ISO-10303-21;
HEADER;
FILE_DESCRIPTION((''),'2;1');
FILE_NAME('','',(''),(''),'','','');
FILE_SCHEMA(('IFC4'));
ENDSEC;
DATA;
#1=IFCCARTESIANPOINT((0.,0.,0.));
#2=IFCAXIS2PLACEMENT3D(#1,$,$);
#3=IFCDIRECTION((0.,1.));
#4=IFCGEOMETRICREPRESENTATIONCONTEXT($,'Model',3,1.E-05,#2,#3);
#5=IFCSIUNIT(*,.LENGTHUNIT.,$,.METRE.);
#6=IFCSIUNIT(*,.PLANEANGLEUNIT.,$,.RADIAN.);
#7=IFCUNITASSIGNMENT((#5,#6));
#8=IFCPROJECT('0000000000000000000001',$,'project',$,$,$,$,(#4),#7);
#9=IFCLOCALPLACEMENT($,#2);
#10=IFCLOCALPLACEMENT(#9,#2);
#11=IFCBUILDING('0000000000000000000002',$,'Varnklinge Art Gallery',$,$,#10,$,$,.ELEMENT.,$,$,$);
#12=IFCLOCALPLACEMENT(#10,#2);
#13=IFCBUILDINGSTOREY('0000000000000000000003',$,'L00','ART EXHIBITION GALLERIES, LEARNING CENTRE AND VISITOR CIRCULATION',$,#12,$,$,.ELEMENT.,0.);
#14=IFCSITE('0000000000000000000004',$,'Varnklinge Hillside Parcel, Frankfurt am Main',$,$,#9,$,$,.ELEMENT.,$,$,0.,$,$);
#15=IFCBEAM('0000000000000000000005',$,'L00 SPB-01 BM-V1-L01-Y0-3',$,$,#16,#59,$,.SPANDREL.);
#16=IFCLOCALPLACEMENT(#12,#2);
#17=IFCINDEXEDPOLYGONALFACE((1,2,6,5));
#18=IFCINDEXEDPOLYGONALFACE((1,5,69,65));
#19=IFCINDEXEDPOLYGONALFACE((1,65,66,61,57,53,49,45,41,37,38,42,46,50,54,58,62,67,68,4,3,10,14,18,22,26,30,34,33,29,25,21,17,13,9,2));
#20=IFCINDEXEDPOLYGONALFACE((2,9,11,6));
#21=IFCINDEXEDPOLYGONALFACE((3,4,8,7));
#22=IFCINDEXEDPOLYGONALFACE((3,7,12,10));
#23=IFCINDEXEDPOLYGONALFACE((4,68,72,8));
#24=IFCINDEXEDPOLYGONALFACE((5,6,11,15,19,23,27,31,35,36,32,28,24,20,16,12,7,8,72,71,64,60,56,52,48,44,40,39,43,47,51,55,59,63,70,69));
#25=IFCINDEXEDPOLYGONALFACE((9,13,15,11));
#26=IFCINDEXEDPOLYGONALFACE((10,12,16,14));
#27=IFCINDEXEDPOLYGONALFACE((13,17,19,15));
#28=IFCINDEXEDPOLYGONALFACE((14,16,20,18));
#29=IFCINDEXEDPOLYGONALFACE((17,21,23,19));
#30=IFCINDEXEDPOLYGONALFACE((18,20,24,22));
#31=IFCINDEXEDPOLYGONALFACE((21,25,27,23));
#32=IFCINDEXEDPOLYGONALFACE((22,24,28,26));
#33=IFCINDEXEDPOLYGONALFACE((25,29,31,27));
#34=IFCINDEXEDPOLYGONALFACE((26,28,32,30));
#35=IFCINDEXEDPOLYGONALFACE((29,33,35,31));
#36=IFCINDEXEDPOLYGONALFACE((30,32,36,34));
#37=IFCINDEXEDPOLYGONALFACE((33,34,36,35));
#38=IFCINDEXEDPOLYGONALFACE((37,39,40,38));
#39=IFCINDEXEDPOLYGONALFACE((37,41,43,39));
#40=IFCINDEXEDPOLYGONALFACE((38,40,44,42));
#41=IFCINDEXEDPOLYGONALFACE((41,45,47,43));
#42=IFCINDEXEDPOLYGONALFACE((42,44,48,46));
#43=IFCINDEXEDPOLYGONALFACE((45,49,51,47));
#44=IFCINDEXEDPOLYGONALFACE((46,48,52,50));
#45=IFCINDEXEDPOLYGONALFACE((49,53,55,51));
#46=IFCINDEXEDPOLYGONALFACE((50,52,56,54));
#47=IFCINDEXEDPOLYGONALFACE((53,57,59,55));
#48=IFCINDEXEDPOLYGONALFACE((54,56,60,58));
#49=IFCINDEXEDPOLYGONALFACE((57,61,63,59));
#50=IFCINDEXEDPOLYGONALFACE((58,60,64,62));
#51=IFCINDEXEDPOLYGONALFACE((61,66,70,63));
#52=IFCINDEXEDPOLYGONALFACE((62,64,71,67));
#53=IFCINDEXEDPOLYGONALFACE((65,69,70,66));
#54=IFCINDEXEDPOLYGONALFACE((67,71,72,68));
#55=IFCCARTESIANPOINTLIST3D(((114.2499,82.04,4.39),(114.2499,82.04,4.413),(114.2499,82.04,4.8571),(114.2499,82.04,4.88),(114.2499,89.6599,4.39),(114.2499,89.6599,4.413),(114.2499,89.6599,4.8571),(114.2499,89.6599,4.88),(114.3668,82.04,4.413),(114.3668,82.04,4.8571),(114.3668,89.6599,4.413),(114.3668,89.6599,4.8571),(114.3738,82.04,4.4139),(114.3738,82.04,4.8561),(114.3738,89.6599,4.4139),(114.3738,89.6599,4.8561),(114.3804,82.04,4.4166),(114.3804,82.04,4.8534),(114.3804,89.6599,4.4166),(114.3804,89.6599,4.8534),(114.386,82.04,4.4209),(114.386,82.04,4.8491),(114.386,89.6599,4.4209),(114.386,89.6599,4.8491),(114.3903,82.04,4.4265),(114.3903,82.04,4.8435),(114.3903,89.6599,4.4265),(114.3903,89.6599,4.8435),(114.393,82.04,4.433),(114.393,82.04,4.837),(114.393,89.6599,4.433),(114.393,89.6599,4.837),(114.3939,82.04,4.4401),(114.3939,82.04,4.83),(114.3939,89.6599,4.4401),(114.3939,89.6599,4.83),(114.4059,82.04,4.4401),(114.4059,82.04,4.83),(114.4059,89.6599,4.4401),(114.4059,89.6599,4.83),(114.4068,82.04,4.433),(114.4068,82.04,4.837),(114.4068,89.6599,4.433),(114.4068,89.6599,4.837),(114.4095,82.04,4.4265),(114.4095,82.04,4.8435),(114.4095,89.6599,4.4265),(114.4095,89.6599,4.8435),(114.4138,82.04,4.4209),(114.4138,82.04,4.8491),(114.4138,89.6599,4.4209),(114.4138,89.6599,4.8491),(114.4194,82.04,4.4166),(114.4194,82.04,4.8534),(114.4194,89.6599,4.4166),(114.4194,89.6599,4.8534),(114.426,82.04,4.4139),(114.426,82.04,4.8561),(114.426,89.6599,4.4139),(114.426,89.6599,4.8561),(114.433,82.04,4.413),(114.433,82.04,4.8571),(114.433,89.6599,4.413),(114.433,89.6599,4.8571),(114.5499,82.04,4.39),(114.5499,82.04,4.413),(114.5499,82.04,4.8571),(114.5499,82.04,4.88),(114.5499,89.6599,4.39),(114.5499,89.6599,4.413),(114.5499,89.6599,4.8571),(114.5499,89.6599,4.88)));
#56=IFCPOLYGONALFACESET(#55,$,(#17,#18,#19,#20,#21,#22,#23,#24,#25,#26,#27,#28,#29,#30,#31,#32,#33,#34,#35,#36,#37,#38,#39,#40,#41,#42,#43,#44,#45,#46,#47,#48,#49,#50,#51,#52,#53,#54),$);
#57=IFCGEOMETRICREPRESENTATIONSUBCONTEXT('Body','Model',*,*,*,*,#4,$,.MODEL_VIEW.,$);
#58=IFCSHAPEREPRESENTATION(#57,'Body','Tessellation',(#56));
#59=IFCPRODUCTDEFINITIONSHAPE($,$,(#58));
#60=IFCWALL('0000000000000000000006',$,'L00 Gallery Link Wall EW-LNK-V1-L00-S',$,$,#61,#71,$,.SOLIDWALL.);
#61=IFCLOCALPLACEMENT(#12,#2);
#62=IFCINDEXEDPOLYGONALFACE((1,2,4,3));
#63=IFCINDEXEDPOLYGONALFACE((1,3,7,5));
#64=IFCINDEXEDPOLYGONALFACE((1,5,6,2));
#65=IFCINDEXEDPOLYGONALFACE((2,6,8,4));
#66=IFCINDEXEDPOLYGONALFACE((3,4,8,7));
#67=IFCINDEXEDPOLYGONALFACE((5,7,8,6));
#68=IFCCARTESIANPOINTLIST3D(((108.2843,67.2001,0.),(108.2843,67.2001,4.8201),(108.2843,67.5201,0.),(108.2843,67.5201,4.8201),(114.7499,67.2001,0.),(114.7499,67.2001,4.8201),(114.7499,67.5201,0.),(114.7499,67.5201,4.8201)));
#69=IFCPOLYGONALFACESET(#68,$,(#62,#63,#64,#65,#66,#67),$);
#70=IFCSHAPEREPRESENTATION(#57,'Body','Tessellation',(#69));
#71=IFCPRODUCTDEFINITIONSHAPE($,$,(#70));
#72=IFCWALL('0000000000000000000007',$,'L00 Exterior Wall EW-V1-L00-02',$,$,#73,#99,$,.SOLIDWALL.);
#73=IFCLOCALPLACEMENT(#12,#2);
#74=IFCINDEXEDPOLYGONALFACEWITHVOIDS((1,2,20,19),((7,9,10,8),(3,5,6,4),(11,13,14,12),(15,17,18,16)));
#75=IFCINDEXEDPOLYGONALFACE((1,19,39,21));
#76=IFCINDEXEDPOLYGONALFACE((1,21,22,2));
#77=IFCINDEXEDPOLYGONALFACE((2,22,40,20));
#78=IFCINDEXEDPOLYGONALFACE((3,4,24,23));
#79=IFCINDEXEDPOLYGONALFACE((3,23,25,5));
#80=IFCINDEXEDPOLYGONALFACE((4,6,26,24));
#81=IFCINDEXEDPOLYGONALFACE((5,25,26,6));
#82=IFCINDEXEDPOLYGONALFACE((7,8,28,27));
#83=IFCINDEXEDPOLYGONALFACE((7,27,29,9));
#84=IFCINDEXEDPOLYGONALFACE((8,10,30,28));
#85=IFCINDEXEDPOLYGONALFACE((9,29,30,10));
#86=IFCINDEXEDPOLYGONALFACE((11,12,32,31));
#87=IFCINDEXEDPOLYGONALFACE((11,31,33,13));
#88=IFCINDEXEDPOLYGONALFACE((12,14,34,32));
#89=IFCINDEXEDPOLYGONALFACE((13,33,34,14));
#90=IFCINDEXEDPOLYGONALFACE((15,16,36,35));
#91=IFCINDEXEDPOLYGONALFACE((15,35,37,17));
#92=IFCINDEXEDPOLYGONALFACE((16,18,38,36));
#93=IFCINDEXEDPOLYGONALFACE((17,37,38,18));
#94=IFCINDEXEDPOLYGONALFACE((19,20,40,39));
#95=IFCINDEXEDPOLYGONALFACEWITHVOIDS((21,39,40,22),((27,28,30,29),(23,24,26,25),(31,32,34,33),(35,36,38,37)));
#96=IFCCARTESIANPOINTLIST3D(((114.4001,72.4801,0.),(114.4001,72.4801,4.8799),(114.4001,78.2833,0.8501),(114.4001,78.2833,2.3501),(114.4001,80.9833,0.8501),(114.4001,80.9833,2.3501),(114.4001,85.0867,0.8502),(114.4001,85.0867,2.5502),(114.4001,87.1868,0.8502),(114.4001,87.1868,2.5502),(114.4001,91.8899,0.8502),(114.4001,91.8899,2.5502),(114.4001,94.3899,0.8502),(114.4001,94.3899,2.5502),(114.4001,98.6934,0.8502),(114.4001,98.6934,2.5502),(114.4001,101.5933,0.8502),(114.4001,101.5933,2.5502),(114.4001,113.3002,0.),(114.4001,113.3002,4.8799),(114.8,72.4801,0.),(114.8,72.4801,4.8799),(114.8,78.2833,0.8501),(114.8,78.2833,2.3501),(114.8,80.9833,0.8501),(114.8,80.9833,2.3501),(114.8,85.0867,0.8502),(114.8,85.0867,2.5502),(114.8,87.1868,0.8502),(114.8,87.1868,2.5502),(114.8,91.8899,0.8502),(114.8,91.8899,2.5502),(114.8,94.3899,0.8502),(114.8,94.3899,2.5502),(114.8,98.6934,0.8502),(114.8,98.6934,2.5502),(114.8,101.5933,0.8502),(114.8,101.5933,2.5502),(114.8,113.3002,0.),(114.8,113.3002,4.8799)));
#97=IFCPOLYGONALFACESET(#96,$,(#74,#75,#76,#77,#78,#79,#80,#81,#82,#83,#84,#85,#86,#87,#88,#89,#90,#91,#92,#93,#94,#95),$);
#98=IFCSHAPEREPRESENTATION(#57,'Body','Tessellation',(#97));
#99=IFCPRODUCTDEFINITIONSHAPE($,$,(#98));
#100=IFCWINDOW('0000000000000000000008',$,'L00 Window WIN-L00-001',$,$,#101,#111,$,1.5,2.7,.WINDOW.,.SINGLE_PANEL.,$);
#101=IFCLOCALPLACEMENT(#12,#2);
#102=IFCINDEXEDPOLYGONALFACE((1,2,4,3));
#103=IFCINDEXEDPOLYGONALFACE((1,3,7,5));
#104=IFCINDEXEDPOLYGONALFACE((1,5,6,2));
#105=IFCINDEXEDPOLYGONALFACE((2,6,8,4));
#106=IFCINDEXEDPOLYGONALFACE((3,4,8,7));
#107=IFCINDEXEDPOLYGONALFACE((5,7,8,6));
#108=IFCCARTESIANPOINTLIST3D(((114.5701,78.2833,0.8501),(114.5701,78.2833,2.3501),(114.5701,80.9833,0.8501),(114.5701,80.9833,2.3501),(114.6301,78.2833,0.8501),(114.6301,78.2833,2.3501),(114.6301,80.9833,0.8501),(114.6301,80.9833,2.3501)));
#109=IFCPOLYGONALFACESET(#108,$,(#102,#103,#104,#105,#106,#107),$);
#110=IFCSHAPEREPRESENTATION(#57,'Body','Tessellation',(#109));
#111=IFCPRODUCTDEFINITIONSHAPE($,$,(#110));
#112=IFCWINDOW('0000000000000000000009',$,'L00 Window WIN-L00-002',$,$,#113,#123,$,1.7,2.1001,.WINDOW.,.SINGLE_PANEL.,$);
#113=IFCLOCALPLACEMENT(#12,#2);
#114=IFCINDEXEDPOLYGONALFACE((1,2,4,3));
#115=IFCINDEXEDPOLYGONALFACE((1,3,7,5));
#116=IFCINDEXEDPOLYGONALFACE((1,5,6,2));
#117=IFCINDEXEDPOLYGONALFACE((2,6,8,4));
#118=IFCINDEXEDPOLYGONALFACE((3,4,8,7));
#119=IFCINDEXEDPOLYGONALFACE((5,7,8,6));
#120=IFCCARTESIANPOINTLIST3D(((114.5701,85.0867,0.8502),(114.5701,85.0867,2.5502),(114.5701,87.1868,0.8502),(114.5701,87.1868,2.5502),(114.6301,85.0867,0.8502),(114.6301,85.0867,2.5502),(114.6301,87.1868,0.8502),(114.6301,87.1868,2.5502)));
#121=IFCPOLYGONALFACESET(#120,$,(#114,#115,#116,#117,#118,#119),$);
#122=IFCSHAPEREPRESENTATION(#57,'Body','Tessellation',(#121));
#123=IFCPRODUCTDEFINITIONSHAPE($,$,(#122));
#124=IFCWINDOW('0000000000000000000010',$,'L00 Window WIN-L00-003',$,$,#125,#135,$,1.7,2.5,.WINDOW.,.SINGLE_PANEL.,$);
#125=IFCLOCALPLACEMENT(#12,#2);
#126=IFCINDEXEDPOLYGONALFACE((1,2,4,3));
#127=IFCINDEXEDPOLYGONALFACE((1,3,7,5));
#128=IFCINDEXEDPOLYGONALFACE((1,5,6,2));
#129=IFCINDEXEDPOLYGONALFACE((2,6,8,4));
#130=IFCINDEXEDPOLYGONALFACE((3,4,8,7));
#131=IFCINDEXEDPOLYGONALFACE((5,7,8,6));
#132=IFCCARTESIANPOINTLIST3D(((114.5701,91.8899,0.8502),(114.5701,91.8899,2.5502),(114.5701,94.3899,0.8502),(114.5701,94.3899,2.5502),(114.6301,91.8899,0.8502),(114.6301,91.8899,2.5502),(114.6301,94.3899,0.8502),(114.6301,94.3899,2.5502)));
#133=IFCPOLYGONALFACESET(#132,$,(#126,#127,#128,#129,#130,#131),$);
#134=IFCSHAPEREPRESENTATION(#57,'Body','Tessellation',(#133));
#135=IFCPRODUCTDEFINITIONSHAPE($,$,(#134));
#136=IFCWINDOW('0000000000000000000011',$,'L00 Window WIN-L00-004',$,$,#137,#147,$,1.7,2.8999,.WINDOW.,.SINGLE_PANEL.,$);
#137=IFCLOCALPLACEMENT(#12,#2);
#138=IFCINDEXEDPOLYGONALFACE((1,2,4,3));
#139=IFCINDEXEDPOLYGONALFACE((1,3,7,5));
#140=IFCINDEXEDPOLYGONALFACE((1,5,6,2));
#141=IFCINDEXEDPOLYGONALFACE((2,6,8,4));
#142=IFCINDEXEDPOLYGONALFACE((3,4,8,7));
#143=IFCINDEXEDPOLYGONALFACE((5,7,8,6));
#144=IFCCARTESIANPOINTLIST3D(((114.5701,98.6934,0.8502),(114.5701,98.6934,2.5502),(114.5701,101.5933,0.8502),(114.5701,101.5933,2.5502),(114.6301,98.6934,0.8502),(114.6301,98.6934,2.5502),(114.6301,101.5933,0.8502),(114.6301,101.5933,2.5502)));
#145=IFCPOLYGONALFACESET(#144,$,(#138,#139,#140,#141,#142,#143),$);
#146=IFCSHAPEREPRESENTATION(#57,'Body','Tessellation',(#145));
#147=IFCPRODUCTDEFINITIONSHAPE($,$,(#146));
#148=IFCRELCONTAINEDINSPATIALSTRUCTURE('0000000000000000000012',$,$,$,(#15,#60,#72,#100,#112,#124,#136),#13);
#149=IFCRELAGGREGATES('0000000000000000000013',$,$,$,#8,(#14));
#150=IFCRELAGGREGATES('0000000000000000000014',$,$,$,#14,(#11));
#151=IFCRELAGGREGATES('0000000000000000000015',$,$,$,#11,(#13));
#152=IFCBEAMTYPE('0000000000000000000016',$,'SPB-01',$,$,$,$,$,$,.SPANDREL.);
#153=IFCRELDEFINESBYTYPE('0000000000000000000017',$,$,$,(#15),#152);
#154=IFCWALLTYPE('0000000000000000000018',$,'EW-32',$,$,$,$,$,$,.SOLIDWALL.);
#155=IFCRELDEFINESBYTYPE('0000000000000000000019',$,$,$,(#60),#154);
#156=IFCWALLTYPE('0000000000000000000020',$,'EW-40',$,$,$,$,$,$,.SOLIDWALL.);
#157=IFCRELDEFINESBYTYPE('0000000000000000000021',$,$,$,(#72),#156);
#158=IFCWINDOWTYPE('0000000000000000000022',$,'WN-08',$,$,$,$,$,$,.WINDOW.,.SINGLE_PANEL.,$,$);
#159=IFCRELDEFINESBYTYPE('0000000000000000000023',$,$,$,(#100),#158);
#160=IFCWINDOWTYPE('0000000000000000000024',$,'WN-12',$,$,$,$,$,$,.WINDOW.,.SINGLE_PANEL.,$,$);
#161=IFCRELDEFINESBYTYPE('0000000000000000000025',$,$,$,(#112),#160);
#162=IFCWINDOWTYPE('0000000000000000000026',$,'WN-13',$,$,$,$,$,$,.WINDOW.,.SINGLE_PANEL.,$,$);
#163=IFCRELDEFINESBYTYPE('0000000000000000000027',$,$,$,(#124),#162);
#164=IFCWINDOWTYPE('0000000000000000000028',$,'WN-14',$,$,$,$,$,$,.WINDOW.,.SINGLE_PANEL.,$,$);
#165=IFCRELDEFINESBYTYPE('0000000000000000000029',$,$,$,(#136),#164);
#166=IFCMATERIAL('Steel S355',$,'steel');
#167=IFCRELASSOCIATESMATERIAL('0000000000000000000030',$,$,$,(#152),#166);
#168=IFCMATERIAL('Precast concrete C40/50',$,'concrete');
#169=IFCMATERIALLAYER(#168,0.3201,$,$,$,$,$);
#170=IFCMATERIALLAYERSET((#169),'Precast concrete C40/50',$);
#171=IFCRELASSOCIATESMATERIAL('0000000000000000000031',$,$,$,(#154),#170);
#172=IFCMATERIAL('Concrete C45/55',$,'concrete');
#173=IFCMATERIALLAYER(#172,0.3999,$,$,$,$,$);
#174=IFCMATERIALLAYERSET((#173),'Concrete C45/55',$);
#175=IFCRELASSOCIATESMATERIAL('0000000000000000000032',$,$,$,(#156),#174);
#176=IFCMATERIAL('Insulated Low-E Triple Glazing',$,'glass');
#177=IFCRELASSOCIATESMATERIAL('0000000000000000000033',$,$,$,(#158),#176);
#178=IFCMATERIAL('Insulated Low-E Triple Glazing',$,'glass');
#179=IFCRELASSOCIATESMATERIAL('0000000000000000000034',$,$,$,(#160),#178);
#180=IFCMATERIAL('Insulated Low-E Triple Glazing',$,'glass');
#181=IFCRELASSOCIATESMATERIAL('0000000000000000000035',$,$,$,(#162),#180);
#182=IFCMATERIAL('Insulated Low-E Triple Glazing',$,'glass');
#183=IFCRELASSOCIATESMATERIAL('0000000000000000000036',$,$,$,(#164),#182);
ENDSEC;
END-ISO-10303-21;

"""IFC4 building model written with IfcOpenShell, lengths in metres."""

from ifc_helpers import new_model, si_unit, direction, frame, frame_2d, origin, origin_2d, place, context, subcontext, project, spatial, rectangle, i_section, extrude, material, layer, layer_set, material_profile, profile_set, type_object, element, fill, save


model = new_model("IFC4")

# Units and contexts
model_context = context("Model", 3, precision=1e-05, world=origin(), true_north=direction((0.0, 1.0)))
body_context = subcontext(model_context, "Body", "Model", "MODEL_VIEW")
ifc_project = project(units=[si_unit("LENGTHUNIT", "METRE"), si_unit("PLANEANGLEUNIT", "RADIAN")], contexts=[model_context])

# Site, building, storey
site_placement = place(None, origin())
site = spatial("IfcSite", under=ifc_project, at=site_placement, Name="Varnklinge Hillside Parcel, Frankfurt am Main", CompositionType="ELEMENT", RefElevation=0.0)
building_placement = place(site_placement, origin())
building = spatial("IfcBuilding", under=site, at=building_placement, Name="Varnklinge Art Gallery", CompositionType="ELEMENT")
storey_placement = place(building_placement, origin())
storey = spatial("IfcBuildingStorey", under=building, at=storey_placement, Name="L00", Description="ART EXHIBITION GALLERIES, LEARNING CENTRE AND VISITOR CIRCULATION", CompositionType="ELEMENT", Elevation=0.0)

# Beam
ifc_material_1 = material(Name="Steel S355", Category="steel")
ifc_material_profile_1 = material_profile(ifc_material_1, i_section(OverallWidth=0.3, OverallDepth=0.49, WebThickness=0.012, FlangeThickness=0.0229, FilletRadius=0.0271, at=origin_2d()), Name="HEA 500")
ifc_profile_set_1 = profile_set([ifc_material_profile_1], Name="Steel S355")
beam_type_1 = type_object("IfcBeamType", Name="SPB-01", PredefinedType="SPANDREL", material=ifc_profile_set_1)
beam_1_placement = place(storey_placement, frame((114.3999, 82.04, 4.635), z_axis=(0.0, 1.0, 0.0), x_axis=(-1.0, 0.0, 0.0)))
element("IfcBeam", 1, at=beam_1_placement, inside=storey, type_object=beam_type_1, Name="L00 SPB-01 BM-V1-L01-Y0-3", PredefinedType="SPANDREL", context=body_context, shape_type="SweptSolid", body=[
    extrude(i_section(OverallWidth=0.3, OverallDepth=0.49, WebThickness=0.012, FlangeThickness=0.0229, FilletRadius=0.0271, at=origin_2d()), origin(), (0.0, 0.0, 1.0), 7.6199),
])

# Wall
ifc_material_2 = material(Name="Precast concrete C40/50", Category="concrete")
ifc_layer_1 = layer(ifc_material_2, 0.3201)
ifc_layer_set_1 = layer_set([ifc_layer_1], Name="Precast concrete C40/50")
wall_type_1 = type_object("IfcWallType", Name="EW-32", PredefinedType="SOLIDWALL", material=ifc_layer_set_1)
wall_1_placement = place(storey_placement, frame((114.75, 67.3601, 0.0), z_axis=(0.0, 0.0, 1.0), x_axis=(-1.0, 0.0, 0.0)))
element("IfcWall", 2, at=wall_1_placement, inside=storey, type_object=wall_type_1, Name="L00 Gallery Link Wall EW-LNK-V1-L00-S", PredefinedType="SOLIDWALL", context=body_context, shape_type="SweptSolid", body=[
    extrude(rectangle(XDim=6.4656, YDim=0.3201, at=frame_2d((3.2329, 0.0))), origin(), (0.0, 0.0, 1.0), 4.8201),
])

# Wall, openings, windows
ifc_material_3 = material(Name="Concrete C45/55", Category="concrete")
ifc_layer_2 = layer(ifc_material_3, 0.3999)
ifc_layer_set_2 = layer_set([ifc_layer_2], Name="Concrete C45/55")
wall_type_2 = type_object("IfcWallType", Name="EW-40", PredefinedType="SOLIDWALL", material=ifc_layer_set_2)
wall_2_placement = place(storey_placement, frame((114.6001, 72.48, 0.0), z_axis=(0.0, 0.0, 1.0), x_axis=(0.0, 1.0, 0.0)))
wall_2 = element("IfcWall", 3, at=wall_2_placement, inside=storey, type_object=wall_type_2, Name="L00 Exterior Wall EW-V1-L00-02", PredefinedType="SOLIDWALL", context=body_context, shape_type="SweptSolid", body=[
    extrude(rectangle(XDim=40.8201, YDim=0.3999, at=frame_2d((20.4102, 0.0))), origin(), (0.0, 0.0, 1.0), 4.8799),
])
opening_1_placement = place(wall_2_placement, frame((5.8032, 0.0, 0.8501)))
opening_1 = element("IfcOpeningElement", 4, at=opening_1_placement, cuts=wall_2, PredefinedType="OPENING", context=body_context, shape_type="SweptSolid", body=[
    extrude(rectangle(XDim=2.7, YDim=1.5, at=frame_2d((1.3501, 0.75))), frame((0.0, 0.21, 0.0), z_axis=(0.0, -1.0, 0.0), x_axis=(1.0, 0.0, 0.0)), (0.0, 0.0, 1.0), 0.4199),
])
opening_2_placement = place(wall_2_placement, frame((12.6067, 0.0, 0.8501)))
opening_2 = element("IfcOpeningElement", 5, at=opening_2_placement, cuts=wall_2, PredefinedType="OPENING", context=body_context, shape_type="SweptSolid", body=[
    extrude(rectangle(XDim=2.1001, YDim=1.7, at=frame_2d((1.05, 0.8501))), frame((0.0, 0.21, 0.0), z_axis=(0.0, -1.0, 0.0), x_axis=(1.0, 0.0, 0.0)), (0.0, 0.0, 1.0), 0.4199),
])
opening_3_placement = place(wall_2_placement, frame((19.4099, 0.0, 0.8501)))
opening_3 = element("IfcOpeningElement", 6, at=opening_3_placement, cuts=wall_2, PredefinedType="OPENING", context=body_context, shape_type="SweptSolid", body=[
    extrude(rectangle(XDim=2.5, YDim=1.7, at=frame_2d((1.25, 0.8501))), frame((0.0, 0.21, 0.0), z_axis=(0.0, -1.0, 0.0), x_axis=(1.0, 0.0, 0.0)), (0.0, 0.0, 1.0), 0.4199),
])
opening_4_placement = place(wall_2_placement, frame((26.2134, 0.0, 0.8501)))
opening_4 = element("IfcOpeningElement", 7, at=opening_4_placement, cuts=wall_2, PredefinedType="OPENING", context=body_context, shape_type="SweptSolid", body=[
    extrude(rectangle(XDim=2.8999, YDim=1.7, at=frame_2d((1.45, 0.8501))), frame((0.0, 0.21, 0.0), z_axis=(0.0, -1.0, 0.0), x_axis=(1.0, 0.0, 0.0)), (0.0, 0.0, 1.0), 0.4199),
])
ifc_material_4 = material(Name="Insulated Low-E Triple Glazing", Category="glass")
window_type_1 = type_object("IfcWindowType", Name="WN-08", PartitioningType="SINGLE_PANEL", PredefinedType="WINDOW", material=ifc_material_4)
window_1_placement = place(opening_1_placement, origin())
window_1 = element("IfcWindow", 8, at=window_1_placement, inside=storey, type_object=window_type_1, Name="L00 Window WIN-L00-001", OverallHeight=1.5, OverallWidth=2.7, PartitioningType="SINGLE_PANEL", PredefinedType="WINDOW", context=body_context, shape_type="SweptSolid", body=[
    extrude(rectangle(XDim=2.7, YDim=1.5, at=frame_2d((1.3501, 0.75))), frame((0.0, 0.03, 0.0), z_axis=(0.0, -1.0, 0.0), x_axis=(1.0, 0.0, 0.0)), (0.0, 0.0, 1.0), 0.0601),
])
fill(opening_1, window_1)
ifc_material_5 = material(Name="Insulated Low-E Triple Glazing", Category="glass")
window_type_2 = type_object("IfcWindowType", Name="WN-12", PartitioningType="SINGLE_PANEL", PredefinedType="WINDOW", material=ifc_material_5)
window_2_placement = place(opening_2_placement, origin())
window_2 = element("IfcWindow", 9, at=window_2_placement, inside=storey, type_object=window_type_2, Name="L00 Window WIN-L00-002", OverallHeight=1.7, OverallWidth=2.1001, PartitioningType="SINGLE_PANEL", PredefinedType="WINDOW", context=body_context, shape_type="SweptSolid", body=[
    extrude(rectangle(XDim=2.1001, YDim=1.7, at=frame_2d((1.05, 0.8501))), frame((0.0, 0.03, 0.0), z_axis=(0.0, -1.0, 0.0), x_axis=(1.0, 0.0, 0.0)), (0.0, 0.0, 1.0), 0.0601),
])
fill(opening_2, window_2)
ifc_material_6 = material(Name="Insulated Low-E Triple Glazing", Category="glass")
window_type_3 = type_object("IfcWindowType", Name="WN-13", PartitioningType="SINGLE_PANEL", PredefinedType="WINDOW", material=ifc_material_6)
window_3_placement = place(opening_3_placement, origin())
window_3 = element("IfcWindow", 10, at=window_3_placement, inside=storey, type_object=window_type_3, Name="L00 Window WIN-L00-003", OverallHeight=1.7, OverallWidth=2.5, PartitioningType="SINGLE_PANEL", PredefinedType="WINDOW", context=body_context, shape_type="SweptSolid", body=[
    extrude(rectangle(XDim=2.5, YDim=1.7, at=frame_2d((1.25, 0.8501))), frame((0.0, 0.03, 0.0), z_axis=(0.0, -1.0, 0.0), x_axis=(1.0, 0.0, 0.0)), (0.0, 0.0, 1.0), 0.0601),
])
fill(opening_3, window_3)
ifc_material_7 = material(Name="Insulated Low-E Triple Glazing", Category="glass")
window_type_4 = type_object("IfcWindowType", Name="WN-14", PartitioningType="SINGLE_PANEL", PredefinedType="WINDOW", material=ifc_material_7)
window_4_placement = place(opening_4_placement, origin())
window_4 = element("IfcWindow", 11, at=window_4_placement, inside=storey, type_object=window_type_4, Name="L00 Window WIN-L00-004", OverallHeight=1.7, OverallWidth=2.8999, PartitioningType="SINGLE_PANEL", PredefinedType="WINDOW", context=body_context, shape_type="SweptSolid", body=[
    extrude(rectangle(XDim=2.8999, YDim=1.7, at=frame_2d((1.45, 0.8501))), frame((0.0, 0.03, 0.0), z_axis=(0.0, -1.0, 0.0), x_axis=(1.0, 0.0, 0.0)), (0.0, 0.0, 1.0), 0.0601),
])
fill(opening_4, window_4)

save(model, "model.ifc")
